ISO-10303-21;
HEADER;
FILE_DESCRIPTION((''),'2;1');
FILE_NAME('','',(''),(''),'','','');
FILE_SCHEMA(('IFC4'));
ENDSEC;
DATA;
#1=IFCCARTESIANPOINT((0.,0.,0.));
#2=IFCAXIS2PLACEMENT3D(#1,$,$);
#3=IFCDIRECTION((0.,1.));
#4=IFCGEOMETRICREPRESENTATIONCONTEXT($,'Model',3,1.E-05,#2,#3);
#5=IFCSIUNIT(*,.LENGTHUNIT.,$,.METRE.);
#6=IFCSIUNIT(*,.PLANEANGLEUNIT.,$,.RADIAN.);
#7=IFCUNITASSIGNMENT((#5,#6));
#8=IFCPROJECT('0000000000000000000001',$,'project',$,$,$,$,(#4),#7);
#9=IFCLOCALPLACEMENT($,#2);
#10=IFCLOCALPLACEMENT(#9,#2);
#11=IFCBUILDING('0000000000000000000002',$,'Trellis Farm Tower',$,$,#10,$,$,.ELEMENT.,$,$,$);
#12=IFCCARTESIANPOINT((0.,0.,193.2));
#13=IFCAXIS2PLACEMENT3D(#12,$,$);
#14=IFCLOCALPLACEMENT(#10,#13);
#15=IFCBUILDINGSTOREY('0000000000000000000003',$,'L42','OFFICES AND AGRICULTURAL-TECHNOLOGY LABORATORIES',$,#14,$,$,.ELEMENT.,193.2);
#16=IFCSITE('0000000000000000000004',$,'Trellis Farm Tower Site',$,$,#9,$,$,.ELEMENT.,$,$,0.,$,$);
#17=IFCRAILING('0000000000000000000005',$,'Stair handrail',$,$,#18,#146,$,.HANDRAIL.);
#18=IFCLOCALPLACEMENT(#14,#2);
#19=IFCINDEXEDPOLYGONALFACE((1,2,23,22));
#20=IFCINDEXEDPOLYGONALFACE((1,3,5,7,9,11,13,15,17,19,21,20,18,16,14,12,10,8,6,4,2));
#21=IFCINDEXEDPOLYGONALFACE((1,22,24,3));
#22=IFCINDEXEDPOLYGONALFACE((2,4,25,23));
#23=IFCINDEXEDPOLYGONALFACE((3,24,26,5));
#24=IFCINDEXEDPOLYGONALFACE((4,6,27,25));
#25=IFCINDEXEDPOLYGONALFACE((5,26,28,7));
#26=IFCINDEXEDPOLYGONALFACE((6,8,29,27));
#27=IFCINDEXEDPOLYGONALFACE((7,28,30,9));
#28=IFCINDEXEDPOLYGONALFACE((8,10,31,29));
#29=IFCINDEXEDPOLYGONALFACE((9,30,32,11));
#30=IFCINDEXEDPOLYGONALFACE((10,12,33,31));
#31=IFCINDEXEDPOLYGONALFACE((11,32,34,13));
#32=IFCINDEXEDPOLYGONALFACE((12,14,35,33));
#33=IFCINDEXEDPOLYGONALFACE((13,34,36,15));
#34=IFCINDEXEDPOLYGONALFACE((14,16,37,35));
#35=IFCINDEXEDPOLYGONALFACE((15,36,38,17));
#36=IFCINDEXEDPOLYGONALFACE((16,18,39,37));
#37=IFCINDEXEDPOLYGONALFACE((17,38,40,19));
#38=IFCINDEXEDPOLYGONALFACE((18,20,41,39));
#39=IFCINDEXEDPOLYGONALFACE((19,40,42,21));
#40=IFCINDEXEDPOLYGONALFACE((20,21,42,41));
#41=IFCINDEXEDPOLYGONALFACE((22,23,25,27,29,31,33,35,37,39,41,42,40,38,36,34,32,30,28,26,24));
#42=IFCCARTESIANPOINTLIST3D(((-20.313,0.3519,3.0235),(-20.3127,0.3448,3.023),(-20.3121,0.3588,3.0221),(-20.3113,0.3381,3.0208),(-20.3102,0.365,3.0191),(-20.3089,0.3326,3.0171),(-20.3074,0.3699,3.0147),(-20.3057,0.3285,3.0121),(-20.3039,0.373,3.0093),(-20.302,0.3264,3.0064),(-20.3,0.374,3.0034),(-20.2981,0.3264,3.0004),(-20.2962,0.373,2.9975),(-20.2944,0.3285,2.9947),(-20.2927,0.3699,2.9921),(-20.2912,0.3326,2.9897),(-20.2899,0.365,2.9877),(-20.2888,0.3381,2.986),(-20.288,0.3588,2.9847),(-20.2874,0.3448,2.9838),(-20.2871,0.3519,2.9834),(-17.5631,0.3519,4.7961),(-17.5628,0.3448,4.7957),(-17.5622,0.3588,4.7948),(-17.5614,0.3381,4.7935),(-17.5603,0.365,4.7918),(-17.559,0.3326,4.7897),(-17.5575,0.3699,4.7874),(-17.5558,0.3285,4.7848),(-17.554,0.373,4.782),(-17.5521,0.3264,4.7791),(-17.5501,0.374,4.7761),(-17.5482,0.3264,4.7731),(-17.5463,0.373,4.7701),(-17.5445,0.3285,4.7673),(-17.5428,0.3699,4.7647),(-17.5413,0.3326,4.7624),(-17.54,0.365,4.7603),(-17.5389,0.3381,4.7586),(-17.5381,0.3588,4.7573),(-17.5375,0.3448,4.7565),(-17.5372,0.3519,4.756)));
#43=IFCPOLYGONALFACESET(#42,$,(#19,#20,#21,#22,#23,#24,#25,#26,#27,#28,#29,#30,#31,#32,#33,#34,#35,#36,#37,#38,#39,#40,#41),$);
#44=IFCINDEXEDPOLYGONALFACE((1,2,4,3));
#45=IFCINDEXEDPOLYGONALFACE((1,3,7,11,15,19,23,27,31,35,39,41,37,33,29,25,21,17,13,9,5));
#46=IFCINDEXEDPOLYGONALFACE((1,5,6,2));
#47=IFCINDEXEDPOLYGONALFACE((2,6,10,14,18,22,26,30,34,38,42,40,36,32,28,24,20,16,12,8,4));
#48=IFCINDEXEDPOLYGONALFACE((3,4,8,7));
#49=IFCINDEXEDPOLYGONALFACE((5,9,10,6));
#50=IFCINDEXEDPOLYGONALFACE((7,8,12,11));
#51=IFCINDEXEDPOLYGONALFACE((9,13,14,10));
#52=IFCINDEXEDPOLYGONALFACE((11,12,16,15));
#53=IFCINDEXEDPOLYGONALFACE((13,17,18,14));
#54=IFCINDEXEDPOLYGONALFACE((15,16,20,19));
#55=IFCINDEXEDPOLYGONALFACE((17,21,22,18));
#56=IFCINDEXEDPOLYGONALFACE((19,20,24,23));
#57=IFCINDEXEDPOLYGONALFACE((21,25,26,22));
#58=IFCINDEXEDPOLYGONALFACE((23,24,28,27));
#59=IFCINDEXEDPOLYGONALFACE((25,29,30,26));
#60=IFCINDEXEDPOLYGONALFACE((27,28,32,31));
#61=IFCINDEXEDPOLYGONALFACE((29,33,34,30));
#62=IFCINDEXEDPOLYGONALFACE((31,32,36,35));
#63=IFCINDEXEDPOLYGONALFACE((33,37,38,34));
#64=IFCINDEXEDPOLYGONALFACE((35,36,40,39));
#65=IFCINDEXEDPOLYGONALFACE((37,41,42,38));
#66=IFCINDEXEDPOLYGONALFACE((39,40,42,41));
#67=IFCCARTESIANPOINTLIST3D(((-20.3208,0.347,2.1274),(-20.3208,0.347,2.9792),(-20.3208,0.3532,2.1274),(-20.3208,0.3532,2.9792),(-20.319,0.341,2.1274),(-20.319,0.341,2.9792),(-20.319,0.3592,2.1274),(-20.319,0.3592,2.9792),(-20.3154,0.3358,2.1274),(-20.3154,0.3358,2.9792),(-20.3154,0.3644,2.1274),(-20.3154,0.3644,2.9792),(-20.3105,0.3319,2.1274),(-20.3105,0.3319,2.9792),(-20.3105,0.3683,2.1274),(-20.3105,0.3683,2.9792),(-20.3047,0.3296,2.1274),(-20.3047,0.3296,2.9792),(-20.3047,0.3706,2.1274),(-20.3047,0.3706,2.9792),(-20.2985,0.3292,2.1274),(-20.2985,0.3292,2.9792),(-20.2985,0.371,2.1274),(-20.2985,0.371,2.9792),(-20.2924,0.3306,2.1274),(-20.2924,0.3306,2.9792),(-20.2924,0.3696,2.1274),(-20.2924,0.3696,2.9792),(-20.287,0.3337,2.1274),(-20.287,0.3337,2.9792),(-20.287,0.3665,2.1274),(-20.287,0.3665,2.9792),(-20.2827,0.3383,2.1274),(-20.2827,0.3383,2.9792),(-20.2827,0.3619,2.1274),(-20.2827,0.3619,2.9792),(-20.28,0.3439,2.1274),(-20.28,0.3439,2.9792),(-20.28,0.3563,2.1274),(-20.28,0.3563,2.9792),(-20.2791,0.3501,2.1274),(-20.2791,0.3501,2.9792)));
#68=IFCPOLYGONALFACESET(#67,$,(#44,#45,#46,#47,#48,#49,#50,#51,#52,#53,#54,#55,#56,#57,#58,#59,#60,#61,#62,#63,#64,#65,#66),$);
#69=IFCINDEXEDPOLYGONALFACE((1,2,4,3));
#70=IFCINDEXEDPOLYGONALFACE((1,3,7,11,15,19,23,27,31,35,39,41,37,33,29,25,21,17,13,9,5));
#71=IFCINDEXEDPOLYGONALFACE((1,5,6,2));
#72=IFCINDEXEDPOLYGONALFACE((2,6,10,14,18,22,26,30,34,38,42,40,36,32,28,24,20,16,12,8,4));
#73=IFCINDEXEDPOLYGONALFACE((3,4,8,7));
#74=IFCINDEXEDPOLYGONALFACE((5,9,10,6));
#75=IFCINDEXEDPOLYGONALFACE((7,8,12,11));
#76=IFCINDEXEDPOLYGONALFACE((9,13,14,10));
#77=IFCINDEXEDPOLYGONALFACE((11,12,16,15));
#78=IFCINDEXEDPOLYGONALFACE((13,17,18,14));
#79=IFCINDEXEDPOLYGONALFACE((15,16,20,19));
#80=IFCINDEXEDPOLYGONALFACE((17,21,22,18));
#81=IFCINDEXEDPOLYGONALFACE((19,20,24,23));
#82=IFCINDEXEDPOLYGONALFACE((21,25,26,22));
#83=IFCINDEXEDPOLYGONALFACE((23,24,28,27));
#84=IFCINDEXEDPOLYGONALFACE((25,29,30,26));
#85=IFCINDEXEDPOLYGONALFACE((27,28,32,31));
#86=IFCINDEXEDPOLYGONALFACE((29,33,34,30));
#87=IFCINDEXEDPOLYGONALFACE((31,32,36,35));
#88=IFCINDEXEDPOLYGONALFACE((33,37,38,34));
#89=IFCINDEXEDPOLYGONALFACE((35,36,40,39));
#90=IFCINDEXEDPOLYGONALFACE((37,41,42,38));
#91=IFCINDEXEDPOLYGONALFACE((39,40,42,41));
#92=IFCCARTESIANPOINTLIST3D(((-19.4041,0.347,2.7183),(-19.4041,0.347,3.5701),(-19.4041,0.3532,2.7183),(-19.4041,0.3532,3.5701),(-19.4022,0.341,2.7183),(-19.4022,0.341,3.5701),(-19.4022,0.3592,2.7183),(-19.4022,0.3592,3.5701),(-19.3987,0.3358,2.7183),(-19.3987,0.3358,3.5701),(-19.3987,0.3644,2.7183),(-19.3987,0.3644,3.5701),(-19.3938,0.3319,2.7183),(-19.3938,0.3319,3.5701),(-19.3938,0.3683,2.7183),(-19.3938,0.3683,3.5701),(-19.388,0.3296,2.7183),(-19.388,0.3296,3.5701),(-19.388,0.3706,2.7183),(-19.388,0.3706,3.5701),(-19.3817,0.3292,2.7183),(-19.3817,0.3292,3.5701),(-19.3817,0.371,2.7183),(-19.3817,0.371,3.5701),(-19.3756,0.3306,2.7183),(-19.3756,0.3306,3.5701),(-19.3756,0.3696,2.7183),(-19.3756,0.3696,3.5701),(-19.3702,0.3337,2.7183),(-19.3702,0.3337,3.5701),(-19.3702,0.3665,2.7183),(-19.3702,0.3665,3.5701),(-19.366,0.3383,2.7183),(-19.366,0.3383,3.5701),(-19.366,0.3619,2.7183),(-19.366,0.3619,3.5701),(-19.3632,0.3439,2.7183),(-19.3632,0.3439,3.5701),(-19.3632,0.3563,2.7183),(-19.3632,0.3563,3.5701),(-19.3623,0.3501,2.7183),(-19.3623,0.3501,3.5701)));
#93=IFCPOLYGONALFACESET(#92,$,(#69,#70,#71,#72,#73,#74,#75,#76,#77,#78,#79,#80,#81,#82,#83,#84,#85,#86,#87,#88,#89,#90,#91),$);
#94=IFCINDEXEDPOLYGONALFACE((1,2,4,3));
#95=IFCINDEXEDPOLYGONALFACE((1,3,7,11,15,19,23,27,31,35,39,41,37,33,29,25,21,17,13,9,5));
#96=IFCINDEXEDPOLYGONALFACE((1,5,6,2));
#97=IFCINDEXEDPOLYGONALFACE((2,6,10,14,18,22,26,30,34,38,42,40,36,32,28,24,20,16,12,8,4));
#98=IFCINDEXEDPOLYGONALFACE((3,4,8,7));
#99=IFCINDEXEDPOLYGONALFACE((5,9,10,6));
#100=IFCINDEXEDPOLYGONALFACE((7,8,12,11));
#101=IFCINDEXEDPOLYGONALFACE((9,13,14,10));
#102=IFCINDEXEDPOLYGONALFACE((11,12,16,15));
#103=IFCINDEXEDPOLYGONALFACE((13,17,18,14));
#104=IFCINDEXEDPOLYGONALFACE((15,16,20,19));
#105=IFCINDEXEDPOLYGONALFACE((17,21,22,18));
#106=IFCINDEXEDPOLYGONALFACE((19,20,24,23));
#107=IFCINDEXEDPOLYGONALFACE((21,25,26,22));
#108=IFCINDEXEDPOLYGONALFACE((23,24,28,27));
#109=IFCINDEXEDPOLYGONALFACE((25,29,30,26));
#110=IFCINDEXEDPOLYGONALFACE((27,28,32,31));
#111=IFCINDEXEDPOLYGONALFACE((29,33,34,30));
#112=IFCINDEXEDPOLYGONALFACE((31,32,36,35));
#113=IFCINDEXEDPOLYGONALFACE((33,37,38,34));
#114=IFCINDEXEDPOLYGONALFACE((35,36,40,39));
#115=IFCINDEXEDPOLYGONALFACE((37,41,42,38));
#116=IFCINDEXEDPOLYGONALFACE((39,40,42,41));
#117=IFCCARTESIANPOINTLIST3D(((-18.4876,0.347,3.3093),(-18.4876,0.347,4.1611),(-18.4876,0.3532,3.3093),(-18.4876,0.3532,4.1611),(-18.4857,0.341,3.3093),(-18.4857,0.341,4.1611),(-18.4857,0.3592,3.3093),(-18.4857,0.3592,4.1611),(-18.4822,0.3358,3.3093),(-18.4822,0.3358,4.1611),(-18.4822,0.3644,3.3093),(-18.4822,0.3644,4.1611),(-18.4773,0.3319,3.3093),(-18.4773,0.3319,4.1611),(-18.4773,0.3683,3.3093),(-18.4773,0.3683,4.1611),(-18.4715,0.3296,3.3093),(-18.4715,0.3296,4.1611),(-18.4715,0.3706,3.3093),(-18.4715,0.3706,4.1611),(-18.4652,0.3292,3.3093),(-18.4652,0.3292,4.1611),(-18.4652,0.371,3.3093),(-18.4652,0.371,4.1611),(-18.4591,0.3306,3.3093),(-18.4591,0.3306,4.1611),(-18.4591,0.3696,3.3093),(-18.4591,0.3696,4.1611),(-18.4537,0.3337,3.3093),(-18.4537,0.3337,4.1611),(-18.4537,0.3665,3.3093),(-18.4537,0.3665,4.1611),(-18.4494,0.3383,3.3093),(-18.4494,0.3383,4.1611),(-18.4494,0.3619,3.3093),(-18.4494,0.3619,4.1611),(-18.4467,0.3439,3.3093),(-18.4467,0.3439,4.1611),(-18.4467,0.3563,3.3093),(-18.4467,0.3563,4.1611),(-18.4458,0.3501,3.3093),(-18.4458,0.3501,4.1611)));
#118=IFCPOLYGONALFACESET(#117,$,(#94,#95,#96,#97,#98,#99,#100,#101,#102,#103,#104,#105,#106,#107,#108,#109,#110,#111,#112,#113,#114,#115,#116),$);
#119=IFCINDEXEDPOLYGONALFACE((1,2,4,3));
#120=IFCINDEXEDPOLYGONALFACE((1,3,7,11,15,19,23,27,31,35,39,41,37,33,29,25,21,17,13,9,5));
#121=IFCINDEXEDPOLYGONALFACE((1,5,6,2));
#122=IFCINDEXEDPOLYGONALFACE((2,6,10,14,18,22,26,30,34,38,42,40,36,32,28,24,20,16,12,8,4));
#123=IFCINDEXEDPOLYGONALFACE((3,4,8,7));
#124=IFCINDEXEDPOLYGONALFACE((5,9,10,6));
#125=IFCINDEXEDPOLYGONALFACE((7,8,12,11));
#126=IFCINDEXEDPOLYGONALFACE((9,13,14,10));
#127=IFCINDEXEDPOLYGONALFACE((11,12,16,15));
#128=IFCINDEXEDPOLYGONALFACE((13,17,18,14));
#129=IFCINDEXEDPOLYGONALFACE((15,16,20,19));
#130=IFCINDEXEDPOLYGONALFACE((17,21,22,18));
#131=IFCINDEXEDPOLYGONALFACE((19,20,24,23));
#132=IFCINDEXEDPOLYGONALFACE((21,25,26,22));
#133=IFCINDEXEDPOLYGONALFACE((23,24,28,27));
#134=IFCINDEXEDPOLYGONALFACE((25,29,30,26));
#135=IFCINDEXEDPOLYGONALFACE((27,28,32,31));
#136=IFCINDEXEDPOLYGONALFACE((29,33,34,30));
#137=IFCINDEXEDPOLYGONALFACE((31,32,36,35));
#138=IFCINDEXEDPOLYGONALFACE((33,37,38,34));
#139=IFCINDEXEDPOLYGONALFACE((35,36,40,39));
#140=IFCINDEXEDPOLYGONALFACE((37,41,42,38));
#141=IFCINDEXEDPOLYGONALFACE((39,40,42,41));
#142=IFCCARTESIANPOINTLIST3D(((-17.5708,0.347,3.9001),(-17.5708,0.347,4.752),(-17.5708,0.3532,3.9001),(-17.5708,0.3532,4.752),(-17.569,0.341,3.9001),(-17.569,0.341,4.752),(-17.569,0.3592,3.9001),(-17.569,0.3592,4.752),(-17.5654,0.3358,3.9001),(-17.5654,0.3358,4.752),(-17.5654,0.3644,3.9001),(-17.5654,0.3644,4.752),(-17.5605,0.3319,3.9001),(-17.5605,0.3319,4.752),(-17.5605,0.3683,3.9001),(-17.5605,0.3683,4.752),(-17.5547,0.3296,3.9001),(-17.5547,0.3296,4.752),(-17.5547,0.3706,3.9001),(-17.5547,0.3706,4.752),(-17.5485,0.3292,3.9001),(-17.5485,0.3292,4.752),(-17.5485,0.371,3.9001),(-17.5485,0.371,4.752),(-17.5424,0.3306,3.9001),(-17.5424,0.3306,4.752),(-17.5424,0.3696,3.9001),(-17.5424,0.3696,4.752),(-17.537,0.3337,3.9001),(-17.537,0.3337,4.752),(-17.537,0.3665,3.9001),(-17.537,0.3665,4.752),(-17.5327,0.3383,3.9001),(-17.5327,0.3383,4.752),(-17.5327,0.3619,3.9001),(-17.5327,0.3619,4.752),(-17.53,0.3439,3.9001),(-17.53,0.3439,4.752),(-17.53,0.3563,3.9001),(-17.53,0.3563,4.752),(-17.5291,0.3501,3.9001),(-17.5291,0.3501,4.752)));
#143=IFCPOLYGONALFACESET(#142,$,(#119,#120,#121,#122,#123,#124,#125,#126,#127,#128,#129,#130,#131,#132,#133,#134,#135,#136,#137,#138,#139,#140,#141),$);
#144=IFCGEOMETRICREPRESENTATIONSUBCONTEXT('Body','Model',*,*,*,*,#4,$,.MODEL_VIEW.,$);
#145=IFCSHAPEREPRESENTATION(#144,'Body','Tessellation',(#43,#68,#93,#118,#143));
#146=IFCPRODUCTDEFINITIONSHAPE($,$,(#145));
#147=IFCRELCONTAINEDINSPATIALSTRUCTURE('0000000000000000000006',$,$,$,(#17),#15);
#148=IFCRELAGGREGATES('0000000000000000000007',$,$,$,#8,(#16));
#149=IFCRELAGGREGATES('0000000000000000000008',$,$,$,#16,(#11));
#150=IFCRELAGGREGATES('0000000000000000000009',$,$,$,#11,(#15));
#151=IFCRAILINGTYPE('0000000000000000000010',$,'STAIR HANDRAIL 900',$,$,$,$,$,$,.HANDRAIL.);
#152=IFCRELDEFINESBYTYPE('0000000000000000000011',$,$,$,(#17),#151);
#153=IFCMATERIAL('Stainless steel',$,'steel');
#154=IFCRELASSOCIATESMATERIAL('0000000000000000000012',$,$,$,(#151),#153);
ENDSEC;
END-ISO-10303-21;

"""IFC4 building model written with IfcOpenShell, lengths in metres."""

from ifc_helpers import new_model, si_unit, direction, frame, origin, origin_2d, place, context, subcontext, project, spatial, circle, extrude, source, transform, mapped, material, type_object, element, save


model = new_model("IFC4")

# Units and contexts
model_context = context("Model", 3, precision=1e-05, world=origin(), true_north=direction((0.0, 1.0)))
body_context = subcontext(model_context, "Body", "Model", "MODEL_VIEW")
ifc_project = project(units=[si_unit("LENGTHUNIT", "METRE"), si_unit("PLANEANGLEUNIT", "RADIAN")], contexts=[model_context])

# Site, building, storey
site_placement = place(None, origin())
site = spatial("IfcSite", under=ifc_project, at=site_placement, Name="Trellis Farm Tower Site", CompositionType="ELEMENT", RefElevation=0.0)
building_placement = place(site_placement, origin())
building = spatial("IfcBuilding", under=site, at=building_placement, Name="Trellis Farm Tower", CompositionType="ELEMENT")
storey_placement = place(building_placement, frame((0.0, 0.0, 193.2)))
storey = spatial("IfcBuildingStorey", under=building, at=storey_placement, Name="L42", Description="OFFICES AND AGRICULTURAL-TECHNOLOGY LABORATORIES", CompositionType="ELEMENT", Elevation=193.2)

# Railing
ifc_material_1 = material(Name="Stainless steel", Category="steel")
railing_type = type_object("IfcRailingType", Name="STAIR HANDRAIL 900", PredefinedType="HANDRAIL", material=ifc_material_1)
shared_shape_1 = source(origin(), body_context, "Body", "SweptSolid", [
    extrude(circle(Radius=0.0239, at=origin_2d()), frame((0.0, 0.0, 0.876), z_axis=(0.840504, 0.0, 0.541806), x_axis=(0.0, 1.0, 0.0)), (0.0, 0.0, 1.0), 3.2717),
    extrude(circle(Radius=0.021, at=origin_2d()), origin(), (0.0, 0.0, 1.0), 0.8518),
    extrude(circle(Radius=0.021, at=origin_2d()), frame((0.9167, 0.0, 0.5908)), (0.0, 0.0, 1.0), 0.8518),
    extrude(circle(Radius=0.021, at=origin_2d()), frame((1.8333, 0.0, 1.1819)), (0.0, 0.0, 1.0), 0.8518),
    extrude(circle(Radius=0.021, at=origin_2d()), frame((2.75, 0.0, 1.7727)), (0.0, 0.0, 1.0), 0.8518),
])
for number, where, name in (
    (1, (-20.3, 0.3501, 2.1274), "Stair handrail"),
):
    element("IfcRailing", number, at=place(storey_placement, frame(where)), inside=storey, type_object=railing_type, Name=name, PredefinedType="HANDRAIL", context=body_context, shape_type="MappedRepresentation", body=[
        mapped(shared_shape_1, transform((0.0, 0.0, 0.0))),
    ])

save(model, "model.ifc")
